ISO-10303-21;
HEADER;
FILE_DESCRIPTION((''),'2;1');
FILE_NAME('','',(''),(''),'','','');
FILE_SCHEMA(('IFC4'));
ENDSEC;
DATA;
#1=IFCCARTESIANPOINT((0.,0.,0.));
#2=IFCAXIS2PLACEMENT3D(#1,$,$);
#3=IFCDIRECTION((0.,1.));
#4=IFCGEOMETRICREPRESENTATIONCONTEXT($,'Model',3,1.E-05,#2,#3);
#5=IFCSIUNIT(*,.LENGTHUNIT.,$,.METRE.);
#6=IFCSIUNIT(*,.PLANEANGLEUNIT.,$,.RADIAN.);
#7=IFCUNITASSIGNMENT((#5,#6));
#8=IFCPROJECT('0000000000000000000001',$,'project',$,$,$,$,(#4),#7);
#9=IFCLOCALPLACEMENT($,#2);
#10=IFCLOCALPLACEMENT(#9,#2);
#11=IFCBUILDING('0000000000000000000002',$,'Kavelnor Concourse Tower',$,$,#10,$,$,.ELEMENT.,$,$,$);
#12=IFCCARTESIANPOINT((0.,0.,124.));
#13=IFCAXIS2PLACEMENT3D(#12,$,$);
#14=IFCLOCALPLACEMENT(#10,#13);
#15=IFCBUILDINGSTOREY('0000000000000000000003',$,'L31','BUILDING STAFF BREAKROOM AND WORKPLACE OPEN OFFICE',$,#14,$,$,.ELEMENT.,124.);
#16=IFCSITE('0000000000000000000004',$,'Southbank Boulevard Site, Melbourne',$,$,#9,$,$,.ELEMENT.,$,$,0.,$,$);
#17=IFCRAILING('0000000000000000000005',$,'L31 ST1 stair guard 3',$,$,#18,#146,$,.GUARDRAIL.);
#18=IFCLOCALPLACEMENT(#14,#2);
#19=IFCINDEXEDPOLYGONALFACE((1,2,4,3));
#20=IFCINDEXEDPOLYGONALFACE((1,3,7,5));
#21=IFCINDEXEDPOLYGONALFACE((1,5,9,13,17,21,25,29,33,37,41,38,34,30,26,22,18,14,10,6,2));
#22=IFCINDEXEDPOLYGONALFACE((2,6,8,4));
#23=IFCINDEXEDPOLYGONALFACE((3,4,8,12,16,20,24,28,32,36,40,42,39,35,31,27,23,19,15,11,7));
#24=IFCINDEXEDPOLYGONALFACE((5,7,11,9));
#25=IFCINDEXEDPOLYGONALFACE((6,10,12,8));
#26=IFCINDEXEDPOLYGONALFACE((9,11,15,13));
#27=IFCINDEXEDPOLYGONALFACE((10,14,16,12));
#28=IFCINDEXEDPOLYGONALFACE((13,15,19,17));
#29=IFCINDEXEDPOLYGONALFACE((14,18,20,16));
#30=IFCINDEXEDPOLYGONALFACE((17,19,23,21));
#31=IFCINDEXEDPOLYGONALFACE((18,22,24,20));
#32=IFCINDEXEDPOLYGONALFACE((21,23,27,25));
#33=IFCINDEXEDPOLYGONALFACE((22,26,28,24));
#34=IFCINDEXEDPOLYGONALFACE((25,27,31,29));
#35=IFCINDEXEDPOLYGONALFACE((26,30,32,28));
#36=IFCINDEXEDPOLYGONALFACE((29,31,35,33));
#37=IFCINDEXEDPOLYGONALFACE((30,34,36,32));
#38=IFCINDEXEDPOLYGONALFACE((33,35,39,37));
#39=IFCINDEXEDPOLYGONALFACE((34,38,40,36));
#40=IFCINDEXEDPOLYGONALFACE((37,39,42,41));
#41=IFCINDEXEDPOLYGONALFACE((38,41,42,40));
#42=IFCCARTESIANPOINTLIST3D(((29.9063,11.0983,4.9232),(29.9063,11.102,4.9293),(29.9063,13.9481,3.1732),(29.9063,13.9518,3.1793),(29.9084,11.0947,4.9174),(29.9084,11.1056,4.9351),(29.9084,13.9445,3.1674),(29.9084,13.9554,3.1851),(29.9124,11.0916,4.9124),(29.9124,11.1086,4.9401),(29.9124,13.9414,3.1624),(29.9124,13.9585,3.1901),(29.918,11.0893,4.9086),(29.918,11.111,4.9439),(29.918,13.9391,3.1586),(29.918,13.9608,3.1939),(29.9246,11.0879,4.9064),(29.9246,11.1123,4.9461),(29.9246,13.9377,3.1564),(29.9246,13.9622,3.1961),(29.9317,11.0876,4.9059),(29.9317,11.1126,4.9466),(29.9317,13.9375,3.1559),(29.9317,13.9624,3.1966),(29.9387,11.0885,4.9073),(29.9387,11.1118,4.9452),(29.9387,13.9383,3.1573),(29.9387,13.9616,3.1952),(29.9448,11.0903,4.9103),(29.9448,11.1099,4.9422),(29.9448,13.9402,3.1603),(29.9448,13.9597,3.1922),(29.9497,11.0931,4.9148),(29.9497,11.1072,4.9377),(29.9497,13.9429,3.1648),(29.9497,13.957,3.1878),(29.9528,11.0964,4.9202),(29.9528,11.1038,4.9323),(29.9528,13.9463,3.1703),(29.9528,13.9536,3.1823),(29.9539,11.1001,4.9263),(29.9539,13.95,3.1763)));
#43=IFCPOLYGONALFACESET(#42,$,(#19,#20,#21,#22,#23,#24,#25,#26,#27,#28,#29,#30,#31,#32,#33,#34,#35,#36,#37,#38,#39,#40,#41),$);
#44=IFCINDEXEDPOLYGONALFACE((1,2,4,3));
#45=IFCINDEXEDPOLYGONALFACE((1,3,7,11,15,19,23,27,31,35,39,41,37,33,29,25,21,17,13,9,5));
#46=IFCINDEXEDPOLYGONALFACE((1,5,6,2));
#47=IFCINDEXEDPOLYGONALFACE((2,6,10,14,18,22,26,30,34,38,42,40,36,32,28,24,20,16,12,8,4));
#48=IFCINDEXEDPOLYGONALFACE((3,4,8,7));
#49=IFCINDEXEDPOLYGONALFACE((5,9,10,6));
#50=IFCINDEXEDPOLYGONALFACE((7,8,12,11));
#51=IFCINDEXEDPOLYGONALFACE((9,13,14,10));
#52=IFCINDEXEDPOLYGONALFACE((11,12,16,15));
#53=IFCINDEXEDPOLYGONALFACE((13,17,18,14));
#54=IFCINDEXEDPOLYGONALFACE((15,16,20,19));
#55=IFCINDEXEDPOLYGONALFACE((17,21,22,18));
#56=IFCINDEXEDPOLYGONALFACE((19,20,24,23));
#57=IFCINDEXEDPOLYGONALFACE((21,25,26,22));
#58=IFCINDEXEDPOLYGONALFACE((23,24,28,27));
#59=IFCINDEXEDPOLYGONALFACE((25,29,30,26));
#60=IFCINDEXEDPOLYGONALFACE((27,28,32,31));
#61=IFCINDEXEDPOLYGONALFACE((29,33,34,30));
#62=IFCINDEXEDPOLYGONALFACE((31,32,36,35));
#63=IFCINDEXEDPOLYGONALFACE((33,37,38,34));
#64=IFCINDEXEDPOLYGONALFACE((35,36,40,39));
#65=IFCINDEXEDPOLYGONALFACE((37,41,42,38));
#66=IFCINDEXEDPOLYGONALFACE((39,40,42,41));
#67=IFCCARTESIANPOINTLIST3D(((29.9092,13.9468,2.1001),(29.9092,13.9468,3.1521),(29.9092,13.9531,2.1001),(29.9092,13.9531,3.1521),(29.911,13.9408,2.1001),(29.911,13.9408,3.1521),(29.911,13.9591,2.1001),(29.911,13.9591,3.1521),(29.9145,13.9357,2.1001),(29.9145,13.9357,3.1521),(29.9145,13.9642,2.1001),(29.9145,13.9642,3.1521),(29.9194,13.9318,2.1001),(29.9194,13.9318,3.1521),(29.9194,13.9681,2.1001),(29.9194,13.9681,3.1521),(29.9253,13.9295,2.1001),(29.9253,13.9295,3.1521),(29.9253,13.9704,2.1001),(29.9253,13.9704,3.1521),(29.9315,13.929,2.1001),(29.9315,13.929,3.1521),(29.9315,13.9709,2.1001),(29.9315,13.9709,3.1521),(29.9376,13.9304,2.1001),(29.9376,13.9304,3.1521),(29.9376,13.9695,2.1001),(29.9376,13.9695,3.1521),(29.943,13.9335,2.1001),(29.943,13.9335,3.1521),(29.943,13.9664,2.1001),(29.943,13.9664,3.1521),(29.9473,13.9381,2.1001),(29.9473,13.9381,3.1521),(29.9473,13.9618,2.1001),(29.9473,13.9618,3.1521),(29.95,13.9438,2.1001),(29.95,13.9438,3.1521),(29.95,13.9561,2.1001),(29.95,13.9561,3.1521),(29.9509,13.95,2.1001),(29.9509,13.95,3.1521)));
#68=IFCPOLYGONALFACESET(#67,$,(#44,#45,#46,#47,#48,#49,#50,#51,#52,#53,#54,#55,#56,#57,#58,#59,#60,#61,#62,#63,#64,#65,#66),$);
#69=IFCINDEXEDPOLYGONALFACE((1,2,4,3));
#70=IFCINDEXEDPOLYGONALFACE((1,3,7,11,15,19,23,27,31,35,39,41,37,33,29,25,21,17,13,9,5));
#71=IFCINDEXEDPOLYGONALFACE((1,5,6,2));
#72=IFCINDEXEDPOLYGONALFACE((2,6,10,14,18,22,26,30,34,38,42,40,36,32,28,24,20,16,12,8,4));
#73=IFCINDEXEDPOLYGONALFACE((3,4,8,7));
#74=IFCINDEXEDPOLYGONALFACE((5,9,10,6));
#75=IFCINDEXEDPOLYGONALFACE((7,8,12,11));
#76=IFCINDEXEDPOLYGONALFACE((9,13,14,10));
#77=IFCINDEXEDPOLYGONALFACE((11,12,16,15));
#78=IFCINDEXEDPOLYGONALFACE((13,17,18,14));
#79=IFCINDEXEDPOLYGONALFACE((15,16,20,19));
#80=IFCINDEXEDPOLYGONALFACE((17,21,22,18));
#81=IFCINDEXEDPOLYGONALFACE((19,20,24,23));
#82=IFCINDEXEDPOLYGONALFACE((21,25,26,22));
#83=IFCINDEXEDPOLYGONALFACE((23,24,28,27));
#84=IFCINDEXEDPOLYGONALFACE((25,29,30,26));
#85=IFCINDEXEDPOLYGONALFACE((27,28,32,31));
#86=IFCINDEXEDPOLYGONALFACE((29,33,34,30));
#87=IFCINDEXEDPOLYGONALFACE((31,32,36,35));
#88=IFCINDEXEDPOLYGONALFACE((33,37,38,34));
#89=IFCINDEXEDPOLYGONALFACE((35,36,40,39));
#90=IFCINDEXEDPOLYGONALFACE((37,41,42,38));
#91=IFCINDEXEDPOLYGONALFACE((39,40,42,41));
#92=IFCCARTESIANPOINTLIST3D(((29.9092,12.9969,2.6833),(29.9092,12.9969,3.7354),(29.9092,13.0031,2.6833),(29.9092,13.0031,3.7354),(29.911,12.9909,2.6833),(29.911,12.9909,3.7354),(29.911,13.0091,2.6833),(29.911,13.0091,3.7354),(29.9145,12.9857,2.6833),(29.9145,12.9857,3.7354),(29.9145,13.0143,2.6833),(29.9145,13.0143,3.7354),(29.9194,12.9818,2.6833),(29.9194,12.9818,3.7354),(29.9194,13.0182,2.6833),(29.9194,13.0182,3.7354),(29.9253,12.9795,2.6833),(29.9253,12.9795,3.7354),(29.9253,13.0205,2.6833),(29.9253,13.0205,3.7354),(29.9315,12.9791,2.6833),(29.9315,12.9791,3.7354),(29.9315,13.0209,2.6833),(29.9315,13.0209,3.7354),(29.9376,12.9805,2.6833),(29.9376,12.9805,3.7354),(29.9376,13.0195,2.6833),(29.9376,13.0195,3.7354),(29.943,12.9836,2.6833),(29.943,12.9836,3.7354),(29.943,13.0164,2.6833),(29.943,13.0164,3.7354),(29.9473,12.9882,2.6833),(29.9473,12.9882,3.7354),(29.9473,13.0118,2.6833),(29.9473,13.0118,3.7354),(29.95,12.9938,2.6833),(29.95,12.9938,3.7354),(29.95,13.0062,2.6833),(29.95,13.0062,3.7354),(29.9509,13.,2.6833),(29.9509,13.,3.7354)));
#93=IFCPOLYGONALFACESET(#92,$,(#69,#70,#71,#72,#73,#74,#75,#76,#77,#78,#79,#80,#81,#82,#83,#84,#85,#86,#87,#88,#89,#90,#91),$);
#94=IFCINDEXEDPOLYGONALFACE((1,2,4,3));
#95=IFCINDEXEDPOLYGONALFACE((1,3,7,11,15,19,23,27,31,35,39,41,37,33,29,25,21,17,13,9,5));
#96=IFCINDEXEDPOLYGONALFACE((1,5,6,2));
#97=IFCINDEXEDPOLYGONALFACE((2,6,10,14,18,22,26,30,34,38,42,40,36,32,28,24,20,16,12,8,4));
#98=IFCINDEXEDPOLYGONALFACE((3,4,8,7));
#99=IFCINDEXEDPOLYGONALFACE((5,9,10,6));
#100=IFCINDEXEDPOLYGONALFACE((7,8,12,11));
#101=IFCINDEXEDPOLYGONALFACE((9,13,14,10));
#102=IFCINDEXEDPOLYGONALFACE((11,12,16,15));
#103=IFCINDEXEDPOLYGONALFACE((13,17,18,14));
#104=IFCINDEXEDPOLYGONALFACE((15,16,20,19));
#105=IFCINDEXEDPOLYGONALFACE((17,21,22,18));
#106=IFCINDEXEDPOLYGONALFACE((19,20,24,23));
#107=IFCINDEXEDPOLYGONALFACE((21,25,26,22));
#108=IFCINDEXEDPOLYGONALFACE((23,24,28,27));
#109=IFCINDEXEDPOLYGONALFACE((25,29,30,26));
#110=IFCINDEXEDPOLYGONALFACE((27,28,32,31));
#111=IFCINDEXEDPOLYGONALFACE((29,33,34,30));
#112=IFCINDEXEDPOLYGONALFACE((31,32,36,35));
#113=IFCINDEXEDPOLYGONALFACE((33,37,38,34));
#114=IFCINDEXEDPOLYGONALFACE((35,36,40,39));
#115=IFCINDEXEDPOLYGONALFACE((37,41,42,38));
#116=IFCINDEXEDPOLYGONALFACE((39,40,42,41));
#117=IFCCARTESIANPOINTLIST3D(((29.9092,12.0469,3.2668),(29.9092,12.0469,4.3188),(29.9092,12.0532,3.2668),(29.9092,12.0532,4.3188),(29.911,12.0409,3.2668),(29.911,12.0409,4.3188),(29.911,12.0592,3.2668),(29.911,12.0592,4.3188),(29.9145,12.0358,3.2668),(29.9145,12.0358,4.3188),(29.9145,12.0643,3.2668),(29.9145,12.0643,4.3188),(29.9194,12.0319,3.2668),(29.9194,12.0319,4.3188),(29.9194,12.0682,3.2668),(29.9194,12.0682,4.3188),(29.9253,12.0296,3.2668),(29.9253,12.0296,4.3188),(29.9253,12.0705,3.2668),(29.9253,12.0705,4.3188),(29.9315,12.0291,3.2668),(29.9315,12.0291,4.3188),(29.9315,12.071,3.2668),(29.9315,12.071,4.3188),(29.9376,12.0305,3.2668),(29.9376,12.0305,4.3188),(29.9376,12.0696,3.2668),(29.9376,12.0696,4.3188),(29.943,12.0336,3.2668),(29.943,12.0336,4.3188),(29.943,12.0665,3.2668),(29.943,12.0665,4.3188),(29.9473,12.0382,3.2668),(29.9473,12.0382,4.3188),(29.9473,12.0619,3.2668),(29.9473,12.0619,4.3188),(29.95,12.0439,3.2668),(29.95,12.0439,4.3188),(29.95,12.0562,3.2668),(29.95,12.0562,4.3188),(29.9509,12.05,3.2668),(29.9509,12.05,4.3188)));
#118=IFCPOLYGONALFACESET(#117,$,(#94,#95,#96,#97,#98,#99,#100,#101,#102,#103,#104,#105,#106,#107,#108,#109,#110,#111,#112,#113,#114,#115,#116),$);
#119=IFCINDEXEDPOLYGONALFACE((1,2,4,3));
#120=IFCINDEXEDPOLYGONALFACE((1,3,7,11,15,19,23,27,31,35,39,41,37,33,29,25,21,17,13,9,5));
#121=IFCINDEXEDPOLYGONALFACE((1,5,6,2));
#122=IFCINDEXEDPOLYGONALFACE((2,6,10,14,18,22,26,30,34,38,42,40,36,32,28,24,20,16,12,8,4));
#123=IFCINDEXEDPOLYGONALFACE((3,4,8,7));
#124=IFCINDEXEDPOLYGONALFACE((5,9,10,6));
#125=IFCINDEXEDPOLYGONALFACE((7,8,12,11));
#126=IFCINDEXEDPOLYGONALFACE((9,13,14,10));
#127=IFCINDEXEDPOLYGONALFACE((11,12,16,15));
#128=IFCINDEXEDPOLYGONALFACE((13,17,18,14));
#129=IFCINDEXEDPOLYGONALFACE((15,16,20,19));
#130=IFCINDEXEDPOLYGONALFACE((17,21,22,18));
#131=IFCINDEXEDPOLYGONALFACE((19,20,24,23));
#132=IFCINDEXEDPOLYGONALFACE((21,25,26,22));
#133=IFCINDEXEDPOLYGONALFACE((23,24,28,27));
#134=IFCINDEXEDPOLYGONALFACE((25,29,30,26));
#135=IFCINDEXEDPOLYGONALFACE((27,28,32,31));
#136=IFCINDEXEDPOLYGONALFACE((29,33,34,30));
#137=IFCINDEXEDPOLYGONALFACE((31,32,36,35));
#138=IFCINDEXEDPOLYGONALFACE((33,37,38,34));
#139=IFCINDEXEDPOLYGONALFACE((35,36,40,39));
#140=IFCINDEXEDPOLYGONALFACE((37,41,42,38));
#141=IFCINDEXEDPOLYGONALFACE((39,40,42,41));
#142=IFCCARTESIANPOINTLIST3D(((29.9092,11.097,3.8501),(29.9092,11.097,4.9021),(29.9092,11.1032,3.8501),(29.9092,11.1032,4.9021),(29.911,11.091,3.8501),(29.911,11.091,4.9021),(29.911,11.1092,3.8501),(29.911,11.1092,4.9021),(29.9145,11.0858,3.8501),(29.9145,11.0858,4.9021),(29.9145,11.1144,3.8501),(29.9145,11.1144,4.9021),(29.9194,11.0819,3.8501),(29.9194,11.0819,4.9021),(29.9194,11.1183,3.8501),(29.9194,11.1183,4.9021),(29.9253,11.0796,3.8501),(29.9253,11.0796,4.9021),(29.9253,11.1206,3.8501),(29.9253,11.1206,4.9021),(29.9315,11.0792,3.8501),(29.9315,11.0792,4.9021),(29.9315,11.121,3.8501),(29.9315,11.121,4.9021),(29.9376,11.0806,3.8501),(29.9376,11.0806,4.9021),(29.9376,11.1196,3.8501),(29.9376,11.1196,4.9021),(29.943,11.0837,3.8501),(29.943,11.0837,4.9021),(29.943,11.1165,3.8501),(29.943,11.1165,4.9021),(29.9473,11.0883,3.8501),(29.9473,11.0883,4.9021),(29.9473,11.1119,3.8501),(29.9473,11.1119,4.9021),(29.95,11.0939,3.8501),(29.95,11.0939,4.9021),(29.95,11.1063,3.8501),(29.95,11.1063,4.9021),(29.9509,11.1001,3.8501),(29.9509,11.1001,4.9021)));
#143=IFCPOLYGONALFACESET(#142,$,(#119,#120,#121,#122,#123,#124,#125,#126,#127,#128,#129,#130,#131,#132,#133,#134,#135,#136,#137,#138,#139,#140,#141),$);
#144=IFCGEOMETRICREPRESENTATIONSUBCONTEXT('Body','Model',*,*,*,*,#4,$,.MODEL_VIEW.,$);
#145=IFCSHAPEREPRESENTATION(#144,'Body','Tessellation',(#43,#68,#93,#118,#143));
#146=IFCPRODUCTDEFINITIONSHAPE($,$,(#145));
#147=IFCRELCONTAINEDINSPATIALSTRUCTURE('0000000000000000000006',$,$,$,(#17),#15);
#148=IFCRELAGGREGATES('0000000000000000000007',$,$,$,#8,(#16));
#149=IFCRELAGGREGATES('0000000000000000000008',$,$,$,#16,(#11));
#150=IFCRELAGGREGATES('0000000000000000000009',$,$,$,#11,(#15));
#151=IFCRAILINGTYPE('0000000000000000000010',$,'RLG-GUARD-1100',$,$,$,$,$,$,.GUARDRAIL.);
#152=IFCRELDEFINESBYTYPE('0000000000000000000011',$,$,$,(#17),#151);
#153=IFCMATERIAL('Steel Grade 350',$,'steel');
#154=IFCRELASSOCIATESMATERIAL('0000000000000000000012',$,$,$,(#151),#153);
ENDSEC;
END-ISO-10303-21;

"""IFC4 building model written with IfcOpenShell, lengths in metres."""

from ifc_helpers import new_model, si_unit, direction, frame, origin, origin_2d, place, context, subcontext, project, spatial, circle, extrude, material, type_object, element, save


model = new_model("IFC4")

# Units and contexts
model_context = context("Model", 3, precision=1e-05, world=origin(), true_north=direction((0.0, 1.0)))
body_context = subcontext(model_context, "Body", "Model", "MODEL_VIEW")
ifc_project = project(units=[si_unit("LENGTHUNIT", "METRE"), si_unit("PLANEANGLEUNIT", "RADIAN")], contexts=[model_context])

# Site, building, storey
site_placement = place(None, origin())
site = spatial("IfcSite", under=ifc_project, at=site_placement, Name="Southbank Boulevard Site, Melbourne", CompositionType="ELEMENT", RefElevation=0.0)
building_placement = place(site_placement, origin())
building = spatial("IfcBuilding", under=site, at=building_placement, Name="Kavelnor Concourse Tower", CompositionType="ELEMENT")
storey_placement = place(building_placement, frame((0.0, 0.0, 124.0)))
storey = spatial("IfcBuildingStorey", under=building, at=storey_placement, Name="L31", Description="BUILDING STAFF BREAKROOM AND WORKPLACE OPEN OFFICE", CompositionType="ELEMENT", Elevation=124.0)

# Shared definitions
ifc_material_1 = material(Name="Steel Grade 350", Category="steel")

# Railing
railing_type_1 = type_object("IfcRailingType", Name="RLG-GUARD-1100", PredefinedType="GUARDRAIL", material=ifc_material_1)
railing_1_placement = place(storey_placement, frame((29.9299, 13.95, 2.1001)))
element("IfcRailing", 1, at=railing_1_placement, inside=storey, type_object=railing_type_1, Name="L31 ST1 stair guard 3", PredefinedType="GUARDRAIL", context=body_context, shape_type="SweptSolid", body=[
    extrude(circle(Radius=0.0239, at=origin_2d()), frame((0.0, 0.0, 1.0762), z_axis=(0.0, -0.852159, 0.523283), x_axis=(1.0, 0.0, 0.0)), (0.0, 0.0, 1.0), 3.3442),
    extrude(circle(Radius=0.021, at=origin_2d()), origin(), (0.0, 0.0, 1.0), 1.052),
    extrude(circle(Radius=0.021, at=origin_2d()), frame((0.0, -0.95, 0.5833)), (0.0, 0.0, 1.0), 1.052),
    extrude(circle(Radius=0.021, at=origin_2d()), frame((0.0, -1.8999, 1.1667)), (0.0, 0.0, 1.0), 1.052),
    extrude(circle(Radius=0.021, at=origin_2d()), frame((0.0, -2.8499, 1.75)), (0.0, 0.0, 1.0), 1.052),
])

save(model, "model.ifc")
